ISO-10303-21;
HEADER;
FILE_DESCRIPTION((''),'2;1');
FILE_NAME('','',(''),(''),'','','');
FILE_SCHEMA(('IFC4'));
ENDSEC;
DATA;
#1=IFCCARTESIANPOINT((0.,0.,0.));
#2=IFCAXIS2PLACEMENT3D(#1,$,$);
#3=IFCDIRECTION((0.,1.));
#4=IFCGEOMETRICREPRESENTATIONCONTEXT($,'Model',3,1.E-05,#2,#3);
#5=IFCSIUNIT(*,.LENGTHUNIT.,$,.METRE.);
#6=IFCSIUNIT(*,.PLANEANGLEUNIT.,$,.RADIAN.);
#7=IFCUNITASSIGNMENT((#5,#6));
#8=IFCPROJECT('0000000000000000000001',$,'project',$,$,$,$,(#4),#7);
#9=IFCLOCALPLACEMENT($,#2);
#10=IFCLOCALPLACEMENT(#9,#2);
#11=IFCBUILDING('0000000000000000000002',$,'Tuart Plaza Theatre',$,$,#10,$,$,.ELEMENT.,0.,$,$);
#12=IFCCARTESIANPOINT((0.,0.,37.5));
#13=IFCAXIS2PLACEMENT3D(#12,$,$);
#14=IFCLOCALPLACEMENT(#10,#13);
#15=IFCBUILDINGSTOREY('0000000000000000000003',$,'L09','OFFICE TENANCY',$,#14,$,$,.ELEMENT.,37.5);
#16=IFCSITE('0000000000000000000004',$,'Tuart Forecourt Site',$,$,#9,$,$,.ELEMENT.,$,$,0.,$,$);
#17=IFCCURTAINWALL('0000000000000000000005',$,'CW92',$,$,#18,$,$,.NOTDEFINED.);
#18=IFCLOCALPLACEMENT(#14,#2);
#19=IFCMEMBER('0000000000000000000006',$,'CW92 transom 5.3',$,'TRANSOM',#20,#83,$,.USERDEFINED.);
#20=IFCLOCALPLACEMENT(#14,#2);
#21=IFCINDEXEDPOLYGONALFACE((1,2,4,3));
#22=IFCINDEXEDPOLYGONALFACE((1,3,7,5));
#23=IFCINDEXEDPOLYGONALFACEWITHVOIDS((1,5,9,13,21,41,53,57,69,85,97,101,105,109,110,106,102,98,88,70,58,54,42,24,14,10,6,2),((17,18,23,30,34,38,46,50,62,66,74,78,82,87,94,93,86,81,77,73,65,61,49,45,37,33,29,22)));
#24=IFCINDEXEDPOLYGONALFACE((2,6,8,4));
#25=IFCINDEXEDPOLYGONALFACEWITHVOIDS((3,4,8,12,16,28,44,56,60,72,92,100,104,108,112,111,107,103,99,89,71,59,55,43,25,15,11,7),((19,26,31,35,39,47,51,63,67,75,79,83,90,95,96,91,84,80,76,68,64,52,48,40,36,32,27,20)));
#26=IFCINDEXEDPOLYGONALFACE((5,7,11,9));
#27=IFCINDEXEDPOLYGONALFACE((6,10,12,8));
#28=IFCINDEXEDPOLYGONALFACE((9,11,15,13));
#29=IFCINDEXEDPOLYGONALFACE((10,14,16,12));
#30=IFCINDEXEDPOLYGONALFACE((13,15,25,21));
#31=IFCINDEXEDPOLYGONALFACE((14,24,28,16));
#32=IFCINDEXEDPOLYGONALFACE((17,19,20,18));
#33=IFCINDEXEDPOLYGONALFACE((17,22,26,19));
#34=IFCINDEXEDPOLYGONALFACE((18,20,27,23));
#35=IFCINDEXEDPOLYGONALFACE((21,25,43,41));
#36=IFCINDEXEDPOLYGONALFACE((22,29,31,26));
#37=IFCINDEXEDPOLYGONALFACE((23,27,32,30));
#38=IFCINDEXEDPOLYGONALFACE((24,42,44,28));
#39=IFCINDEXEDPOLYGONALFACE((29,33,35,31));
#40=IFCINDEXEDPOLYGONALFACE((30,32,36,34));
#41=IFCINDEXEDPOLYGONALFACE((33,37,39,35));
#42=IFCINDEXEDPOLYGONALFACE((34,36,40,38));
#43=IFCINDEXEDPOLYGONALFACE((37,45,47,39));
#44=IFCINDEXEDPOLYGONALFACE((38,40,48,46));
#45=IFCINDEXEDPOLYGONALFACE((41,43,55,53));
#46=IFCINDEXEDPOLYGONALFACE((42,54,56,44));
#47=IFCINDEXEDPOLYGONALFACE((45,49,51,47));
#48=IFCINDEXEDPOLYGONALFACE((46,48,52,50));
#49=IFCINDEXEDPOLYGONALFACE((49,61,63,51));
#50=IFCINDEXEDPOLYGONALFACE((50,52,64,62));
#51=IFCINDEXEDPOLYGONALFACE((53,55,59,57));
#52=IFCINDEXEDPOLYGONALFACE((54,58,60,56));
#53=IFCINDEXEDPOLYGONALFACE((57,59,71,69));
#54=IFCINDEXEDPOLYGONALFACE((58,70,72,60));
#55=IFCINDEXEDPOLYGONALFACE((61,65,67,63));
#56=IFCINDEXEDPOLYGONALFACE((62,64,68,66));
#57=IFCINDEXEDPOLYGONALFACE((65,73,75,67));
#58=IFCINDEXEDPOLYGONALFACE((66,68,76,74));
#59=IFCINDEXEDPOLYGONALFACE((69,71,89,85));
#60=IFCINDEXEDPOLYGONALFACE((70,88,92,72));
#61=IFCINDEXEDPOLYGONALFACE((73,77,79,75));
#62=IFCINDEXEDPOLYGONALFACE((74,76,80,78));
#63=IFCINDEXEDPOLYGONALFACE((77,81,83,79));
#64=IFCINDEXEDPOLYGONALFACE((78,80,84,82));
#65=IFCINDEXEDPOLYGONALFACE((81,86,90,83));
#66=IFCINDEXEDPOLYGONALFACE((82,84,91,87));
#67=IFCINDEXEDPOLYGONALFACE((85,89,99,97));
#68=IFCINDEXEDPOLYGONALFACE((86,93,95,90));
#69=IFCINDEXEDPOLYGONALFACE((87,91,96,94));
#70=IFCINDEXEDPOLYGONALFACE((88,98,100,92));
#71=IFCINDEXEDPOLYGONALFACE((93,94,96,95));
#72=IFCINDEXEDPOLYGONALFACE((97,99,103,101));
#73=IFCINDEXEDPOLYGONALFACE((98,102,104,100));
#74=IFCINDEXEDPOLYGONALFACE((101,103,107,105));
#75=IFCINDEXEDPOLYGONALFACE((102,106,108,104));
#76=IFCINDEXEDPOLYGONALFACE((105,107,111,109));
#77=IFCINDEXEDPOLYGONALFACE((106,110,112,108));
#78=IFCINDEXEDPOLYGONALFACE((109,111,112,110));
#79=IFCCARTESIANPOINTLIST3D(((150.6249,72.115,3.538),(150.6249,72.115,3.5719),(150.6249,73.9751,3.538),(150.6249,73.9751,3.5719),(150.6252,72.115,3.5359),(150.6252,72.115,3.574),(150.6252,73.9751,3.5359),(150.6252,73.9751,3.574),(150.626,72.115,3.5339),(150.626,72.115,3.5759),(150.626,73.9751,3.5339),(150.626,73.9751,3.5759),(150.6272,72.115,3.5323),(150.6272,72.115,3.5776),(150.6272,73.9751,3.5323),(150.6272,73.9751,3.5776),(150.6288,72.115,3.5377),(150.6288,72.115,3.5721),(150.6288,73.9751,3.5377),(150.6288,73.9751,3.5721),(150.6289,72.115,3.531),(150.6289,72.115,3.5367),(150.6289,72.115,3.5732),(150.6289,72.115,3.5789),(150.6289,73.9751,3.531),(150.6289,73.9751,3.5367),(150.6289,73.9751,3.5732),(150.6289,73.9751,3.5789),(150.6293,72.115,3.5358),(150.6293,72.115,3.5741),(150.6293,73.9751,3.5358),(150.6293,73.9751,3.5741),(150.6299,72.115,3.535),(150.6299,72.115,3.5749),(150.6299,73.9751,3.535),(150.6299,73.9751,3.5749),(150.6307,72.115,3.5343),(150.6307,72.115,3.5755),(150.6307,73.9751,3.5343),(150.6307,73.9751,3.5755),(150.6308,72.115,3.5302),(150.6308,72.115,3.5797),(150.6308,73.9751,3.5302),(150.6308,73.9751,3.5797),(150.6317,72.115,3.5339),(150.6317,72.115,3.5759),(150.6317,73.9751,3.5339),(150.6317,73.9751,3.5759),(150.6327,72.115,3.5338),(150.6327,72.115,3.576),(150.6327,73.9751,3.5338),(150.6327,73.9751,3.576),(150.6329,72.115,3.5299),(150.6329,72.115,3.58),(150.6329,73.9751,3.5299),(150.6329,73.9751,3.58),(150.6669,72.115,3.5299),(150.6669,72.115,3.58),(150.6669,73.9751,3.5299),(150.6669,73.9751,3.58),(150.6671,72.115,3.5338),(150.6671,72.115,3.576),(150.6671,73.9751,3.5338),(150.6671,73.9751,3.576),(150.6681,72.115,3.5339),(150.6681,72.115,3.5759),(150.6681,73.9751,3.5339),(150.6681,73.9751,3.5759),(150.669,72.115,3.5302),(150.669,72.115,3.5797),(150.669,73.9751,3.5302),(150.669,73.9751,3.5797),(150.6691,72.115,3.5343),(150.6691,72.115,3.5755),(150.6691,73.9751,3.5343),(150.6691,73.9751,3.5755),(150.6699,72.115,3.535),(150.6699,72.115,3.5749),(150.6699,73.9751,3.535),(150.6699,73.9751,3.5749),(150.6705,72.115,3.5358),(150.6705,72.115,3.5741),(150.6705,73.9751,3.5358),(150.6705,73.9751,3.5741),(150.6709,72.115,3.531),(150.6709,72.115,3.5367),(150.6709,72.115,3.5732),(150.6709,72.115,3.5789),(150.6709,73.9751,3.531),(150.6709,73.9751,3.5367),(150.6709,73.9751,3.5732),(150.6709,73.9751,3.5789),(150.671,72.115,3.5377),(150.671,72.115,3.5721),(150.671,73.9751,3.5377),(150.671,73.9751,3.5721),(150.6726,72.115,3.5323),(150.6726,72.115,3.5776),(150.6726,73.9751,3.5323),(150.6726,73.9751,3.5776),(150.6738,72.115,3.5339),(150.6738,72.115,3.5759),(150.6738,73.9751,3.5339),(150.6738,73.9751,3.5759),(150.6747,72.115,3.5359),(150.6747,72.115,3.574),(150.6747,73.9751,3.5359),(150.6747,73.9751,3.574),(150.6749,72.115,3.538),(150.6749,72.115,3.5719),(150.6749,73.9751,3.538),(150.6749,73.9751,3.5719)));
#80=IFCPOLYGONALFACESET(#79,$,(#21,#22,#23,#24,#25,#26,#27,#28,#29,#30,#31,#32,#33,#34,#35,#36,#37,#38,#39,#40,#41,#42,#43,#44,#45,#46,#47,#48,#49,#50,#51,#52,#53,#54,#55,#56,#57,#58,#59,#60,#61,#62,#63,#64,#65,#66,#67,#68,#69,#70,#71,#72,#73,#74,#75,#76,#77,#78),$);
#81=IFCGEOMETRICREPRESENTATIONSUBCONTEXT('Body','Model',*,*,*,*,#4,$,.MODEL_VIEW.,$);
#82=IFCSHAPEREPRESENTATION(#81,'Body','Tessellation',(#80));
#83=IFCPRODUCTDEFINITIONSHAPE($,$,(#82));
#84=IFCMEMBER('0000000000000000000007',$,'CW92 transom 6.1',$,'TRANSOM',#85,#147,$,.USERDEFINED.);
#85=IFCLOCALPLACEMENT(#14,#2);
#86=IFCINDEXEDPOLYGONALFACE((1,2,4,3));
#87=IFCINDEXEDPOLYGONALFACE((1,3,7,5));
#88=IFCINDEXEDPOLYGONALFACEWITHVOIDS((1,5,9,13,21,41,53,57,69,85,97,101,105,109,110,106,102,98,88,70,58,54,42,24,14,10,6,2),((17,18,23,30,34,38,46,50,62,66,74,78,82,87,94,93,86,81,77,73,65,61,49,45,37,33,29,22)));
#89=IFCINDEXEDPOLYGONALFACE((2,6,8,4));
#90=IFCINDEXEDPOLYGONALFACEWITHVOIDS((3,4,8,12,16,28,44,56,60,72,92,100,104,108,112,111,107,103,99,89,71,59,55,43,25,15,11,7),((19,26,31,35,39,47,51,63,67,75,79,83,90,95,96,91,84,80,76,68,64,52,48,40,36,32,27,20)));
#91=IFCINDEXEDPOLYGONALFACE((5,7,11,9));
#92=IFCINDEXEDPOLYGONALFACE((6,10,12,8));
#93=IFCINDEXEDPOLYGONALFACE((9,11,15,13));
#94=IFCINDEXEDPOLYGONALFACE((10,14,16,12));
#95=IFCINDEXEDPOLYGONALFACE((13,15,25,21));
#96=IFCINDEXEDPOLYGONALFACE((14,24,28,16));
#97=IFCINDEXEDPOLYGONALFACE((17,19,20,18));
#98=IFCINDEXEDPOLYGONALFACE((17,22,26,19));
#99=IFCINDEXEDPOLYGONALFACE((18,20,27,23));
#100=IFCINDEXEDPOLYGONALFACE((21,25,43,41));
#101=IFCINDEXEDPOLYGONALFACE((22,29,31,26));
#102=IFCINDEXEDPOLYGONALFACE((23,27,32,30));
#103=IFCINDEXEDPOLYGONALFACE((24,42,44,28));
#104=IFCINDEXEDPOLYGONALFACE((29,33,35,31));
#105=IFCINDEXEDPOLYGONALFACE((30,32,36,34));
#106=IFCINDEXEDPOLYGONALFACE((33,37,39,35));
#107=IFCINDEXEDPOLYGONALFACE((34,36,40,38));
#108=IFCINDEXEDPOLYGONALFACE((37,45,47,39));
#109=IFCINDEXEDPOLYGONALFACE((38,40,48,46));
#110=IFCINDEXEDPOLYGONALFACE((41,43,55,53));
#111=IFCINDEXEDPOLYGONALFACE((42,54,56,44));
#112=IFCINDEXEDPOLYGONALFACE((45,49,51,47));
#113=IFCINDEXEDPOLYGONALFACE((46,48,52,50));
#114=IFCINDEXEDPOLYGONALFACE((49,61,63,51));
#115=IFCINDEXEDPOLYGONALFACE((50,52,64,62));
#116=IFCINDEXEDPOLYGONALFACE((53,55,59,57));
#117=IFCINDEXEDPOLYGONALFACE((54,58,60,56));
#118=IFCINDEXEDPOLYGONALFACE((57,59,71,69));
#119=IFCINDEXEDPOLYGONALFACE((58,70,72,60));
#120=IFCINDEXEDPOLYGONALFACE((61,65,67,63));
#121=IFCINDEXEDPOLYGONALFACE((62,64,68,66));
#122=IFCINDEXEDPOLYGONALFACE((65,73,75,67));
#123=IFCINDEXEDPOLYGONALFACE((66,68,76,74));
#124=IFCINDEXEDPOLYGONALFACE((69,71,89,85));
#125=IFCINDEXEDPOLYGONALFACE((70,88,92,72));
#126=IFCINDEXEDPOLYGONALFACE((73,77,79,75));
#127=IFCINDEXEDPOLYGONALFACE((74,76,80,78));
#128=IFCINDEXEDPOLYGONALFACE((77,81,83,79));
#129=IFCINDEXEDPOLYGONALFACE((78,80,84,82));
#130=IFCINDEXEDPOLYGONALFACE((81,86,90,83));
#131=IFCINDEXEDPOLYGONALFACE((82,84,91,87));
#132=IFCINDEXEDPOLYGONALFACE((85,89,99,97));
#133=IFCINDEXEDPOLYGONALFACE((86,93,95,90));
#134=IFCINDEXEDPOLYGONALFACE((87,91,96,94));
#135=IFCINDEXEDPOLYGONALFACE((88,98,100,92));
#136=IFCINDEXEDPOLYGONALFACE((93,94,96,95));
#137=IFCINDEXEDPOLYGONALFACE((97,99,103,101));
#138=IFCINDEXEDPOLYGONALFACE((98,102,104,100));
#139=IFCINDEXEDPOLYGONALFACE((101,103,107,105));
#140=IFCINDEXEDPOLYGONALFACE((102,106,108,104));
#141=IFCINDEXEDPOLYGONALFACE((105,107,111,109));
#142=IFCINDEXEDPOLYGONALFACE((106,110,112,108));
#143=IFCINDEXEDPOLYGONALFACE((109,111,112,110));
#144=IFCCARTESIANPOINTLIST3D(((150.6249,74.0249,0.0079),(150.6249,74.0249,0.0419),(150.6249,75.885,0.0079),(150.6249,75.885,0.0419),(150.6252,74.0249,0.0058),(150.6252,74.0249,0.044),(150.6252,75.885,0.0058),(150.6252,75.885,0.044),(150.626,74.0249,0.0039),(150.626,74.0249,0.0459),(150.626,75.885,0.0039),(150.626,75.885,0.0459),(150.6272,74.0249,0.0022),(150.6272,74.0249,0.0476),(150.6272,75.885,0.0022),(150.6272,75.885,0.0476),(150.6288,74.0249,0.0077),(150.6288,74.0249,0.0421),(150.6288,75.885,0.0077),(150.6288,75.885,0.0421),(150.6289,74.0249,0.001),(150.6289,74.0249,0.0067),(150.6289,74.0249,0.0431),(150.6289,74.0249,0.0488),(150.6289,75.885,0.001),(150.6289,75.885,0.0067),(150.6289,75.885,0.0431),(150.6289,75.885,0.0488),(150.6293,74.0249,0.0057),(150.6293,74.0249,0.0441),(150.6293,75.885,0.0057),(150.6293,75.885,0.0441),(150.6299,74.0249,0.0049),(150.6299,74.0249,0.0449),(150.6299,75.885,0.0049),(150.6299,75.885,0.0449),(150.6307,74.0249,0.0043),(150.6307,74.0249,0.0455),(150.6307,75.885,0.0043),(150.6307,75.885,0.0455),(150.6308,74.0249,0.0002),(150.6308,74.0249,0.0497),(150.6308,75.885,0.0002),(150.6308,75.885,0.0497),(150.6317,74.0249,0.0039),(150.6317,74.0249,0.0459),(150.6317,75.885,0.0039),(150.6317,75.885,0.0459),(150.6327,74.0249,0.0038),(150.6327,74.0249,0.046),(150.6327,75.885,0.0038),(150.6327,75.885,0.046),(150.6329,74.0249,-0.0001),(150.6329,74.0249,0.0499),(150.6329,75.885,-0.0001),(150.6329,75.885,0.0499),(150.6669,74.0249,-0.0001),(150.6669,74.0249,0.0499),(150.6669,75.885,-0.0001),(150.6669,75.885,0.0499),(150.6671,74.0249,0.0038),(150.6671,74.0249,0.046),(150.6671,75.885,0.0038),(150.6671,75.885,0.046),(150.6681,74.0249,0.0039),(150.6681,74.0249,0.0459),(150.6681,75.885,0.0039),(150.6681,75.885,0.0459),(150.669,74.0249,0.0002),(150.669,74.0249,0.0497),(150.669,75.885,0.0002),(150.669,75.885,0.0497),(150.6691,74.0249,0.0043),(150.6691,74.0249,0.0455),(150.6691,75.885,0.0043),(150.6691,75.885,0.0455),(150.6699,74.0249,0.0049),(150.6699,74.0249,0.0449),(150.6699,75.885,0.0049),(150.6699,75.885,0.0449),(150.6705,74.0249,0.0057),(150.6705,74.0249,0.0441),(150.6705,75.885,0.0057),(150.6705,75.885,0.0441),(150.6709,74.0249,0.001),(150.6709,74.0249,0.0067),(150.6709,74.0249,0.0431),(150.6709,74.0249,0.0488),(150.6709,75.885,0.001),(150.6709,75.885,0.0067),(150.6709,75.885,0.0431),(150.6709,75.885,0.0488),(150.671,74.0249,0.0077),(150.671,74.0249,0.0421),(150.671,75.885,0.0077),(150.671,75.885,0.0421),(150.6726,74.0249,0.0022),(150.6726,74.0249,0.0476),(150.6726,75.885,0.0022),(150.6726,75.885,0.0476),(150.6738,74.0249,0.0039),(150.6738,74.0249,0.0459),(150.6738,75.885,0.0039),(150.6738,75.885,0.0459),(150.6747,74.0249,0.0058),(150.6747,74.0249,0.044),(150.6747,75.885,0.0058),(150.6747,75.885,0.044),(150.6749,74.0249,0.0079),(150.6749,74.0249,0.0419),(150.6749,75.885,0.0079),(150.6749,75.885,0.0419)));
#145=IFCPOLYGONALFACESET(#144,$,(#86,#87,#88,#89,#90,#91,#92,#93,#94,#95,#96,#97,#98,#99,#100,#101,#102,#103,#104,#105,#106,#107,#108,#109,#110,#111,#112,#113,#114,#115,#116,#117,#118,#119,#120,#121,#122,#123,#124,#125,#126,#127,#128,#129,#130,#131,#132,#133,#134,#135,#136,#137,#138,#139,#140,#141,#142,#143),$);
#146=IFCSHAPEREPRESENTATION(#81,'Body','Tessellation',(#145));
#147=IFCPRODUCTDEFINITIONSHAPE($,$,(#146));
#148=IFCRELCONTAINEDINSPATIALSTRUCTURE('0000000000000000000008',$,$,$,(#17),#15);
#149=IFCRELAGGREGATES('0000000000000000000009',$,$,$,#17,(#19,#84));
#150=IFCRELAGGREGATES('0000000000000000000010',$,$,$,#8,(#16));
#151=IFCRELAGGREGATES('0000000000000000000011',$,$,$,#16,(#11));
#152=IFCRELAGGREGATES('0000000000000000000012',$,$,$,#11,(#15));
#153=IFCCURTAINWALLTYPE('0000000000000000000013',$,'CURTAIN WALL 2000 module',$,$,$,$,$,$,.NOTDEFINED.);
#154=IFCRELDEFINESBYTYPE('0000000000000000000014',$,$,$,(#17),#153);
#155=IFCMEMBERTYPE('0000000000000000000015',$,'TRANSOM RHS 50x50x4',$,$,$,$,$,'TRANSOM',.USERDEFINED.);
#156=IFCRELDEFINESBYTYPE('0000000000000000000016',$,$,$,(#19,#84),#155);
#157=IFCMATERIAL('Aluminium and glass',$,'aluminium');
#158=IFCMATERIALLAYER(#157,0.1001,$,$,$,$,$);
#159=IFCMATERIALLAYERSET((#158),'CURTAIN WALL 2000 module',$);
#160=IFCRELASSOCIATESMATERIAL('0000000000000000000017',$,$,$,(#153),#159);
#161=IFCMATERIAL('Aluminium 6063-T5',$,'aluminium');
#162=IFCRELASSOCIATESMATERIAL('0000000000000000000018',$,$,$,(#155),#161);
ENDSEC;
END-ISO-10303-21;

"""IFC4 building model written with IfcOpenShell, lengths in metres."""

from ifc_helpers import new_model, si_unit, direction, frame, origin, origin_2d, place, context, subcontext, project, spatial, hollow_rectangle, extrude, material, layer, layer_set, material_profile, profile_set, type_object, element, aggregate, save


model = new_model("IFC4")

# Units and contexts
model_context = context("Model", 3, precision=1e-05, world=origin(), true_north=direction((0.0, 1.0)))
body_context = subcontext(model_context, "Body", "Model", "MODEL_VIEW")
ifc_project = project(units=[si_unit("LENGTHUNIT", "METRE"), si_unit("PLANEANGLEUNIT", "RADIAN")], contexts=[model_context])

# Site, building, storey
site_placement = place(None, origin())
site = spatial("IfcSite", under=ifc_project, at=site_placement, Name="Tuart Forecourt Site", CompositionType="ELEMENT", RefElevation=0.0)
building_placement = place(site_placement, origin())
building = spatial("IfcBuilding", under=site, at=building_placement, Name="Tuart Plaza Theatre", CompositionType="ELEMENT", ElevationOfRefHeight=0.0)
storey_placement = place(building_placement, frame((0.0, 0.0, 37.5)))
storey = spatial("IfcBuildingStorey", under=building, at=storey_placement, Name="L09", Description="OFFICE TENANCY", CompositionType="ELEMENT", Elevation=37.5)

# Curtain wall, members
ifc_material_1 = material(Name="Aluminium and glass", Category="aluminium")
ifc_layer_1 = layer(ifc_material_1, 0.1001)
ifc_layer_set_1 = layer_set([ifc_layer_1], Name="CURTAIN WALL 2000 module")
curtain_wall_type = type_object("IfcCurtainWallType", Name="CURTAIN WALL 2000 module", PredefinedType="NOTDEFINED", material=ifc_layer_set_1)
curtain_wall_placement = place(storey_placement, origin())
curtain_wall = element("IfcCurtainWall", 1, at=curtain_wall_placement, inside=storey, type_object=curtain_wall_type, Name="CW92", PredefinedType="NOTDEFINED")
ifc_material_2 = material(Name="Aluminium 6063-T5", Category="aluminium")
ifc_material_profile_1 = material_profile(ifc_material_2, hollow_rectangle(XDim=0.05, YDim=0.05, WallThickness=0.0039, InnerFilletRadius=0.0039, OuterFilletRadius=0.0081, at=origin_2d()), Name="RHS 50x50x4")
ifc_profile_set_1 = profile_set([ifc_material_profile_1], Name="Aluminium 6063-T5")
member_type_1 = type_object("IfcMemberType", Name="TRANSOM RHS 50x50x4", ElementType="TRANSOM", PredefinedType="USERDEFINED", material=ifc_profile_set_1)
member_1_placement = place(storey_placement, frame((150.6499, 72.115, 3.5549), z_axis=(0.0, 1.0, 0.0), x_axis=(-1.0, 0.0, 0.0)))
member_1 = element("IfcMember", 2, at=member_1_placement, type_object=member_type_1, Name="CW92 transom 5.3", ObjectType="TRANSOM", PredefinedType="USERDEFINED", context=body_context, shape_type="SweptSolid", body=[
    extrude(hollow_rectangle(XDim=0.05, YDim=0.05, WallThickness=0.0039, InnerFilletRadius=0.0039, OuterFilletRadius=0.0081, at=origin_2d()), origin(), (0.0, 0.0, 1.0), 1.8601),
])
member_2_placement = place(storey_placement, frame((150.6499, 74.0249, 0.0249), z_axis=(0.0, 1.0, 0.0), x_axis=(-1.0, 0.0, 0.0)))
member_2 = element("IfcMember", 3, at=member_2_placement, type_object=member_type_1, Name="CW92 transom 6.1", ObjectType="TRANSOM", PredefinedType="USERDEFINED", context=body_context, shape_type="SweptSolid", body=[
    extrude(hollow_rectangle(XDim=0.05, YDim=0.05, WallThickness=0.0039, InnerFilletRadius=0.0039, OuterFilletRadius=0.0081, at=origin_2d()), origin(), (0.0, 0.0, 1.0), 1.8601),
])
aggregate(curtain_wall, [member_1, member_2])

save(model, "model.ifc")
